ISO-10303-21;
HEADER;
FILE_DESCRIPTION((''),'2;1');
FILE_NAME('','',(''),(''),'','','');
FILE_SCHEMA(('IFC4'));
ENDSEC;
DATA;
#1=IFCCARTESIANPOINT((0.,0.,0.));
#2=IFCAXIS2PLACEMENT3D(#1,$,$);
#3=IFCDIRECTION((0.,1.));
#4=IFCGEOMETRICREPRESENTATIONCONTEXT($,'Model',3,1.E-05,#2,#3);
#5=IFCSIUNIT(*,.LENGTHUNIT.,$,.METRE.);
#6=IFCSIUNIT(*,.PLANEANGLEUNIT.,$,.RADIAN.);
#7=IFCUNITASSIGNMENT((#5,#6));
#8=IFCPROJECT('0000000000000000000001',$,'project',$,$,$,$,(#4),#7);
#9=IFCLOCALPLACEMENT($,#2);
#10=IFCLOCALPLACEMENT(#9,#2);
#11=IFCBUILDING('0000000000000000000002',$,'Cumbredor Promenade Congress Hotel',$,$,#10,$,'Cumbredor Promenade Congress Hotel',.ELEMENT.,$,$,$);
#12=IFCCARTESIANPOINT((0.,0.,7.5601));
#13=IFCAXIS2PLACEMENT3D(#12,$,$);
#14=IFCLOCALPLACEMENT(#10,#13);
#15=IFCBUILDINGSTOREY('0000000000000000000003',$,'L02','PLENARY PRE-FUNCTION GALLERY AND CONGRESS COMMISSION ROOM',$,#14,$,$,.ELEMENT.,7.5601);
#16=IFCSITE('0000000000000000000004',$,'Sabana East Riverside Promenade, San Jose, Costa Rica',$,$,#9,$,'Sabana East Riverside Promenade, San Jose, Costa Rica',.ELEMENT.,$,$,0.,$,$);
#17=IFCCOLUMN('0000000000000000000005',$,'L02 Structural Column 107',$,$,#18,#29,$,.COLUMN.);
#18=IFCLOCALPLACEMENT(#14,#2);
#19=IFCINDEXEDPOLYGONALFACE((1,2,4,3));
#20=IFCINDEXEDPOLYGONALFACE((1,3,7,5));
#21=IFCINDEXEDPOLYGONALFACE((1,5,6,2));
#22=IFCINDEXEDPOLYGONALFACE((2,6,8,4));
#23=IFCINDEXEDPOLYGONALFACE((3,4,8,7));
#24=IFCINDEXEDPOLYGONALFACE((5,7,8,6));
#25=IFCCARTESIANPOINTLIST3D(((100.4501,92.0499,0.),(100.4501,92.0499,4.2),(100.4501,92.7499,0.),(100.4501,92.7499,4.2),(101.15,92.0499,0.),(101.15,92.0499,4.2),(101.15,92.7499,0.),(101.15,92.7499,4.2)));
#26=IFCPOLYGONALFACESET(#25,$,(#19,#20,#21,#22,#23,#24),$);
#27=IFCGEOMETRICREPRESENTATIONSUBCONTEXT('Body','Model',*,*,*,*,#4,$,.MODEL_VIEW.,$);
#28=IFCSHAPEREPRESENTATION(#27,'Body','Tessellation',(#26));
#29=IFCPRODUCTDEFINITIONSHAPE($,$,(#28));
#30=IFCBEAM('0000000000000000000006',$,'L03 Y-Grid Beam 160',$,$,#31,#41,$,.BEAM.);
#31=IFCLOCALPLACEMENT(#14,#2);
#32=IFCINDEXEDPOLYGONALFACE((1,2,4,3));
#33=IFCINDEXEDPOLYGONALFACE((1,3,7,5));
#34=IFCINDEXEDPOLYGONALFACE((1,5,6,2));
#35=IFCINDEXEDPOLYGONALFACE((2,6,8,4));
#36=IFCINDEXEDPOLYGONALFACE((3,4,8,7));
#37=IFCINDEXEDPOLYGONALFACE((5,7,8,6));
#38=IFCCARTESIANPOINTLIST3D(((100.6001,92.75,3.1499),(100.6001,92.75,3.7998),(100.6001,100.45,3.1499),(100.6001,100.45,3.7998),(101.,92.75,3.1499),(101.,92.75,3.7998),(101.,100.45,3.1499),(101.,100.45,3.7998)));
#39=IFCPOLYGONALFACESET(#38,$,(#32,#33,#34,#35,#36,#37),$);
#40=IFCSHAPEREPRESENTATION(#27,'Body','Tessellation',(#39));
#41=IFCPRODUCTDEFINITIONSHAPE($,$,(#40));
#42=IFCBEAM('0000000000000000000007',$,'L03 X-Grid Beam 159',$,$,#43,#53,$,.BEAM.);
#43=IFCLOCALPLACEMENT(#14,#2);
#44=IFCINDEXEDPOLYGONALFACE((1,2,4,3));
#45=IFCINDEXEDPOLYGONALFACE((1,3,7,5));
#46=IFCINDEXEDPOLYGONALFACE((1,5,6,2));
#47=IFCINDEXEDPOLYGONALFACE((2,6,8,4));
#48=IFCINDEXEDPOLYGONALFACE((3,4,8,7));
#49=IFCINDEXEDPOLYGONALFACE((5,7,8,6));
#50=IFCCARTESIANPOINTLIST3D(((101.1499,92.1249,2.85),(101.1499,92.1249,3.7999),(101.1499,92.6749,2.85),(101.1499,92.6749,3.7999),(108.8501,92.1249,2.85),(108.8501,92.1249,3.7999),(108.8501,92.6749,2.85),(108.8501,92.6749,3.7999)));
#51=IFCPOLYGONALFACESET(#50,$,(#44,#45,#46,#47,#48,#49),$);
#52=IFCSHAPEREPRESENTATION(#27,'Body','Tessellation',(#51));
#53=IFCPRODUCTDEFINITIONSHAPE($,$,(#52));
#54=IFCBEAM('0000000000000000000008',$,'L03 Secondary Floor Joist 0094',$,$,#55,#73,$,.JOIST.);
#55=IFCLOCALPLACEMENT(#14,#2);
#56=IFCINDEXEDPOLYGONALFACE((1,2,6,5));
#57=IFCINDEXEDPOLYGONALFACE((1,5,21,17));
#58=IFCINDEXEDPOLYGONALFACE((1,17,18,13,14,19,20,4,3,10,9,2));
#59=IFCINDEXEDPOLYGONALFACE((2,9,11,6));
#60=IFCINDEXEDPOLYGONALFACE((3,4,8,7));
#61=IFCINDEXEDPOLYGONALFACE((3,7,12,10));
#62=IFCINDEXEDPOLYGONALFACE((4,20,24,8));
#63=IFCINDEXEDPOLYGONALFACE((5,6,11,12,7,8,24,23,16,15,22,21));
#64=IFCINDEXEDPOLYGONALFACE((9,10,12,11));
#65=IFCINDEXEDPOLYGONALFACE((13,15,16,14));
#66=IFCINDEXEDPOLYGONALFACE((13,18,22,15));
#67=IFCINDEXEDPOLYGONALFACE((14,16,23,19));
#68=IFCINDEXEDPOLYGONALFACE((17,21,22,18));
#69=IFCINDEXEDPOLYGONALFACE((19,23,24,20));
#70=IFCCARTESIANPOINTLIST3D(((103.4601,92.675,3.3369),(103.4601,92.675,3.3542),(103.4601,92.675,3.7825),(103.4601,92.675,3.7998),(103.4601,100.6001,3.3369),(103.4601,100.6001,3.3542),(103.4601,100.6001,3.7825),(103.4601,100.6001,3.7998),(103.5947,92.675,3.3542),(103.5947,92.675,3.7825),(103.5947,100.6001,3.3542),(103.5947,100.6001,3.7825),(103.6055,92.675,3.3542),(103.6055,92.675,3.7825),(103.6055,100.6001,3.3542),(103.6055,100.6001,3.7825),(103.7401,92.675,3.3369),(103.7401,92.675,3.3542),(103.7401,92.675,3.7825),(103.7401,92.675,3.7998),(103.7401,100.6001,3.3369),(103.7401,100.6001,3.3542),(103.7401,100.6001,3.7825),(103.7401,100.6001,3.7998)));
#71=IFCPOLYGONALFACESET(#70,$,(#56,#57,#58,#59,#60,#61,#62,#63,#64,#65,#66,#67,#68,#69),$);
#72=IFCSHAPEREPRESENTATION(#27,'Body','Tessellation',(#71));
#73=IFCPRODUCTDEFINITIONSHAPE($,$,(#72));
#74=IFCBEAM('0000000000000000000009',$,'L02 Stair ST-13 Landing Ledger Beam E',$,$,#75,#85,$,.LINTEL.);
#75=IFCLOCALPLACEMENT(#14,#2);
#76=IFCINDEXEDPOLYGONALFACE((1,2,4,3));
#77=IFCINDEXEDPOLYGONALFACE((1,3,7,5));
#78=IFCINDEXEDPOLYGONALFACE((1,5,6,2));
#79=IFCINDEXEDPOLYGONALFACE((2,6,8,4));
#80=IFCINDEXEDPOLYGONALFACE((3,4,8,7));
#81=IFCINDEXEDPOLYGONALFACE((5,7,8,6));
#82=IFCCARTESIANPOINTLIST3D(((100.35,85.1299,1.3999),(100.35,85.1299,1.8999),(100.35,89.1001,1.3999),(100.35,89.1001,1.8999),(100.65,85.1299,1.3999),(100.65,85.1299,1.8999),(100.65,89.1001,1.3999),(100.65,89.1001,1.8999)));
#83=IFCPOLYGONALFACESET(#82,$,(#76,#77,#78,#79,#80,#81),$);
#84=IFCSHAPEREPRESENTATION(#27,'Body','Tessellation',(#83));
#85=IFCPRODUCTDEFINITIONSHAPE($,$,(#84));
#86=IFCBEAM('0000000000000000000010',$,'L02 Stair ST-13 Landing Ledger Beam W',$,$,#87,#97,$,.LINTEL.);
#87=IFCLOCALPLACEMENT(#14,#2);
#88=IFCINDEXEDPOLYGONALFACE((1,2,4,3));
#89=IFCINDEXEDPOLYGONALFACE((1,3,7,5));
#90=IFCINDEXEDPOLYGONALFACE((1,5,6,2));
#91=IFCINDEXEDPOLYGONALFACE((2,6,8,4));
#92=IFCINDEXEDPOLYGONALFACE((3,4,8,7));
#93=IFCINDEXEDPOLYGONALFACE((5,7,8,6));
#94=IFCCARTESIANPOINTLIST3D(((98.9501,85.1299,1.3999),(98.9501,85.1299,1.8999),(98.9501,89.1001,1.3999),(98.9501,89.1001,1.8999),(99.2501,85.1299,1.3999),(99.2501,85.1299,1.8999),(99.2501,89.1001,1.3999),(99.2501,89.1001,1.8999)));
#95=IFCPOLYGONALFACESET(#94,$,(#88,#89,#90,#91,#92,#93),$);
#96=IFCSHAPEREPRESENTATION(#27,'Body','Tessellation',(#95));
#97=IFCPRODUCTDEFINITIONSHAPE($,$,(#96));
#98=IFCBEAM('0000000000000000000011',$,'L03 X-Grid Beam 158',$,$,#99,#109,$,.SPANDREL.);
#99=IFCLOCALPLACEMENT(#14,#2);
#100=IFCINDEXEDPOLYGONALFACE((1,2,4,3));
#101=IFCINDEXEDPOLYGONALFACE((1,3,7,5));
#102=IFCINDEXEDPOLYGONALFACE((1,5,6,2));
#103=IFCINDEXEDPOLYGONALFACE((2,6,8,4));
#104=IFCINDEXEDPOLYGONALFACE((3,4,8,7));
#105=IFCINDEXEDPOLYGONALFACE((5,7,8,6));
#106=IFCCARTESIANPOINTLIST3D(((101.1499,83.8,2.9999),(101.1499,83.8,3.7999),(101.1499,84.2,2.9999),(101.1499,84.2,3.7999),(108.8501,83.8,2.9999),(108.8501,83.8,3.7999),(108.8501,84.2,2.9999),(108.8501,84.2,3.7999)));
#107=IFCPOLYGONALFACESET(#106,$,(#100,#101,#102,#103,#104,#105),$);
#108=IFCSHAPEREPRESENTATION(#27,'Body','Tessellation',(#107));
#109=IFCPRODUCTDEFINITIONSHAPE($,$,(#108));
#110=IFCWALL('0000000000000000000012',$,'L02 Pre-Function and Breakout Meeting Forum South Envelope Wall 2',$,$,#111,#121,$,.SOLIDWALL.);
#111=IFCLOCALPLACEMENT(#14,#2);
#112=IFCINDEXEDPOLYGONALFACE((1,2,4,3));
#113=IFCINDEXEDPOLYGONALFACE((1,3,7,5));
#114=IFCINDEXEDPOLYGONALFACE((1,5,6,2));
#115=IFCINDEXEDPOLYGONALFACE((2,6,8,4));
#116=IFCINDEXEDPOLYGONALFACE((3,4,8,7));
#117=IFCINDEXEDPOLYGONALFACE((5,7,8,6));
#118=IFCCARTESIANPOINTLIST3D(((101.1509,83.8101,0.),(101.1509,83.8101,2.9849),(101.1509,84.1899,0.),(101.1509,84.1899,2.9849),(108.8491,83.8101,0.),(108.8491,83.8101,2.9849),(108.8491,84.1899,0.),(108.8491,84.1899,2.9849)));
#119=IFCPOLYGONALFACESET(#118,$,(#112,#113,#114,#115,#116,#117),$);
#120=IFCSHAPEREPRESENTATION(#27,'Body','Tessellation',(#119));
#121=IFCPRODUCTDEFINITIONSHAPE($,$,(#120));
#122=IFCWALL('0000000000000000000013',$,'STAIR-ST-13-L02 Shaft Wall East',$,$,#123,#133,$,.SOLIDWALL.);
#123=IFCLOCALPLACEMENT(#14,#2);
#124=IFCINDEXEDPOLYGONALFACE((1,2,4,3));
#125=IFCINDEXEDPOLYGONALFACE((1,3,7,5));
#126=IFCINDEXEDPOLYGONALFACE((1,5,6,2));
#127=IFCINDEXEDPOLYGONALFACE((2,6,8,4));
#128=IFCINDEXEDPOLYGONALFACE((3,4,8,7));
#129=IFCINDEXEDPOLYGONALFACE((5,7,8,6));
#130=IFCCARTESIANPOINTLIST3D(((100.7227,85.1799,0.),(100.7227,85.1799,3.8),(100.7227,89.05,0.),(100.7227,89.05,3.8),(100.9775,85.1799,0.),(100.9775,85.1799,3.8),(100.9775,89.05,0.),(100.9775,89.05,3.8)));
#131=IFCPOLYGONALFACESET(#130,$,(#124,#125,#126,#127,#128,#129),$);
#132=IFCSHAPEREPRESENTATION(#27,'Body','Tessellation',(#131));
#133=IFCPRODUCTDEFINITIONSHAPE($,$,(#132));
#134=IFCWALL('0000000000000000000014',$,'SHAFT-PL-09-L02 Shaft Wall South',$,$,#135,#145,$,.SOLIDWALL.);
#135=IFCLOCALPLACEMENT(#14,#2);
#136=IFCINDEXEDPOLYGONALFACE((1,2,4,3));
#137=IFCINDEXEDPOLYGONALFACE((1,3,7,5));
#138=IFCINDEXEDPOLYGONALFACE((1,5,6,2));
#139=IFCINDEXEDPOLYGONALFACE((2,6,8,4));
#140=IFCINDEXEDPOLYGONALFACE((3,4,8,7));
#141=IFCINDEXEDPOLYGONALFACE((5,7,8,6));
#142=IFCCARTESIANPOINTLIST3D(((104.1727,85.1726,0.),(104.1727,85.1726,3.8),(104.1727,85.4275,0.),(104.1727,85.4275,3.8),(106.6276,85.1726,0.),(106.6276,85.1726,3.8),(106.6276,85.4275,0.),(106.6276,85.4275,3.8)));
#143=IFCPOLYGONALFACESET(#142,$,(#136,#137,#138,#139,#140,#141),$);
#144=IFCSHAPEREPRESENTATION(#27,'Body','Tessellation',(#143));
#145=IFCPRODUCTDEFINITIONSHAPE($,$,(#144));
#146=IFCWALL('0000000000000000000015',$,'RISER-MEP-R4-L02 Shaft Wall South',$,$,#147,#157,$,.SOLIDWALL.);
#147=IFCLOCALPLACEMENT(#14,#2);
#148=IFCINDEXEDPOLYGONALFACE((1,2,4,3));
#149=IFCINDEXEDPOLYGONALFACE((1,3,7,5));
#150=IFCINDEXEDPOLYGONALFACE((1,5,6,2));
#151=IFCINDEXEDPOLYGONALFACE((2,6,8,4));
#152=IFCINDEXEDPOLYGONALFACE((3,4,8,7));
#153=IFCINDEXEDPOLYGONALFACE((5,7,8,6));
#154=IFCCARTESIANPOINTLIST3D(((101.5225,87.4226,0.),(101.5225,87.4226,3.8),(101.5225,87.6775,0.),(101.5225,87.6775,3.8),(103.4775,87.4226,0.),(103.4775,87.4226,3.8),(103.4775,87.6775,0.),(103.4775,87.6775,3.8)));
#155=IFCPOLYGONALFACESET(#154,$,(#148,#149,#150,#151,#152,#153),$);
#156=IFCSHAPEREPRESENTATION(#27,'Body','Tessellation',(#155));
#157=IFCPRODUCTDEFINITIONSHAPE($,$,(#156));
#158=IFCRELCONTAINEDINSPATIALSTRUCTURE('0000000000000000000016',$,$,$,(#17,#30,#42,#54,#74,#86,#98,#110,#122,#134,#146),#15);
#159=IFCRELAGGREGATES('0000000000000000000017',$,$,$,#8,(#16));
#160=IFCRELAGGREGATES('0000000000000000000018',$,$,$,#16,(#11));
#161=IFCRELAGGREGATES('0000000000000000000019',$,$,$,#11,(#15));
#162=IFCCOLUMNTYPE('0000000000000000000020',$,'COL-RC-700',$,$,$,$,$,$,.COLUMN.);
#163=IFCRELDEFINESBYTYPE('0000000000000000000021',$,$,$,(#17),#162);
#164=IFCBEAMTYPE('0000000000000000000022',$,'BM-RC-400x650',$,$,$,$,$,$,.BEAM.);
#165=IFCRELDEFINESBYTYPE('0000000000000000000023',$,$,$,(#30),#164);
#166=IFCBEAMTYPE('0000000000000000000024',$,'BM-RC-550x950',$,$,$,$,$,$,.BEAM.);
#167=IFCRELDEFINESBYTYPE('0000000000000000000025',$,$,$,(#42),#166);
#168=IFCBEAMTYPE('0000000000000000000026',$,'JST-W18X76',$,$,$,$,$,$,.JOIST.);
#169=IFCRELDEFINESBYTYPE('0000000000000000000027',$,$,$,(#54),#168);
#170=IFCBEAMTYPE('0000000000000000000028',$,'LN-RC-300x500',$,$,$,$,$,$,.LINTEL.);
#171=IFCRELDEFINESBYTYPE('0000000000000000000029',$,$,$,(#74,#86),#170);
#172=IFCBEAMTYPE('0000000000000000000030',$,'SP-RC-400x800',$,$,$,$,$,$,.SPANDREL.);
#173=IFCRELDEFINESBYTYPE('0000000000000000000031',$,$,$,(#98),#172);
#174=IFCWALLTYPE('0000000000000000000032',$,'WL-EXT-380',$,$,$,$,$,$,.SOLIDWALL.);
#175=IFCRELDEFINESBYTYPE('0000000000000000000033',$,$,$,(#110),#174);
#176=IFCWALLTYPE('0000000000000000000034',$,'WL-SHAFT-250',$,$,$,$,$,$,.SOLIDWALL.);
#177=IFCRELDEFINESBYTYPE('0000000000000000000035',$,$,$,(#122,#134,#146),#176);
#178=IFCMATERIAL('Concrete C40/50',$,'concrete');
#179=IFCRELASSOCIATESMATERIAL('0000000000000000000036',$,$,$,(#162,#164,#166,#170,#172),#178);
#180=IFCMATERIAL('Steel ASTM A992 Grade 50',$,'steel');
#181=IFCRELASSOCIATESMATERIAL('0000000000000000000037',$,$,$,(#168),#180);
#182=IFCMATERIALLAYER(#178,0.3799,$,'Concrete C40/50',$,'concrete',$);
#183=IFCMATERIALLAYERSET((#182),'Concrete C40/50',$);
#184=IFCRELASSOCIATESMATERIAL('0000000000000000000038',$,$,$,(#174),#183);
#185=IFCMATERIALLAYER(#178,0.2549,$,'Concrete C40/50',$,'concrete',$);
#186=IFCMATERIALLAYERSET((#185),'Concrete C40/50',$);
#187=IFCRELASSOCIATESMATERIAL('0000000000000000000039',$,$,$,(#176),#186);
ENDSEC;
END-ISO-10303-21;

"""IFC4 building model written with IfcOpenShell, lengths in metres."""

from ifc_helpers import new_model, si_unit, direction, frame, frame_2d, origin, origin_2d, place, context, subcontext, project, spatial, rectangle, i_section, extrude, material, layer, layer_set, material_profile, profile_set, type_object, element, save


model = new_model("IFC4")

# Units and contexts
model_context = context("Model", 3, precision=1e-05, world=origin(), true_north=direction((0.0, 1.0)))
body_context = subcontext(model_context, "Body", "Model", "MODEL_VIEW")
ifc_project = project(units=[si_unit("LENGTHUNIT", "METRE"), si_unit("PLANEANGLEUNIT", "RADIAN")], contexts=[model_context])

# Site, building, storey
site_placement = place(None, origin())
site = spatial("IfcSite", under=ifc_project, at=site_placement, Name="Sabana East Riverside Promenade, San Jose, Costa Rica", LongName="Sabana East Riverside Promenade, San Jose, Costa Rica", CompositionType="ELEMENT", RefElevation=0.0)
building_placement = place(site_placement, origin())
building = spatial("IfcBuilding", under=site, at=building_placement, Name="Cumbredor Promenade Congress Hotel", LongName="Cumbredor Promenade Congress Hotel", CompositionType="ELEMENT")
storey_placement = place(building_placement, frame((0.0, 0.0, 7.5601)))
storey = spatial("IfcBuildingStorey", under=building, at=storey_placement, Name="L02", Description="PLENARY PRE-FUNCTION GALLERY AND CONGRESS COMMISSION ROOM", CompositionType="ELEMENT", Elevation=7.5601)

# Column
ifc_material_1 = material(Name="Concrete C40/50", Category="concrete")
ifc_material_profile_1 = material_profile(ifc_material_1, rectangle(XDim=0.7, YDim=0.7, at=origin_2d()), Name="RC 700x700")
ifc_profile_set_1 = profile_set([ifc_material_profile_1], Name="Concrete C40/50")
column_type = type_object("IfcColumnType", Name="COL-RC-700", PredefinedType="COLUMN", material=ifc_profile_set_1)
column_placement = place(storey_placement, frame((100.8, 92.3999, 0.0), z_axis=(0.0, 0.0, 1.0), x_axis=(1.0, 0.0, 0.0)))
element("IfcColumn", 1, at=column_placement, inside=storey, type_object=column_type, Name="L02 Structural Column 107", PredefinedType="COLUMN", context=body_context, shape_type="SweptSolid", body=[
    extrude(rectangle(XDim=0.7, YDim=0.7, at=origin_2d()), origin(), (0.0, 0.0, 1.0), 4.2),
])

# Beams
ifc_material_profile_2 = material_profile(ifc_material_1, rectangle(XDim=0.3999, YDim=0.6499, at=origin_2d()), Name="RC BEAM 400x650")
ifc_profile_set_2 = profile_set([ifc_material_profile_2], Name="Concrete C40/50")
beam_type_1 = type_object("IfcBeamType", Name="BM-RC-400x650", PredefinedType="BEAM", material=ifc_profile_set_2)
beam_1_placement = place(storey_placement, frame((100.8, 92.75, 3.4749), z_axis=(0.0, 1.0, 0.0), x_axis=(-1.0, 0.0, 0.0)))
element("IfcBeam", 2, at=beam_1_placement, inside=storey, type_object=beam_type_1, Name="L03 Y-Grid Beam 160", PredefinedType="BEAM", context=body_context, shape_type="SweptSolid", body=[
    extrude(rectangle(XDim=0.3999, YDim=0.6499, at=origin_2d()), origin(), (0.0, 0.0, 1.0), 7.7),
])
ifc_material_profile_3 = material_profile(ifc_material_1, rectangle(XDim=0.55, YDim=0.95, at=origin_2d()), Name="RC BEAM 550x950")
ifc_profile_set_3 = profile_set([ifc_material_profile_3], Name="Concrete C40/50")
beam_type_2 = type_object("IfcBeamType", Name="BM-RC-550x950", PredefinedType="BEAM", material=ifc_profile_set_3)
beam_2_placement = place(storey_placement, frame((101.1499, 92.3999, 3.325), z_axis=(1.0, 0.0, 0.0), x_axis=(0.0, 1.0, 0.0)))
element("IfcBeam", 3, at=beam_2_placement, inside=storey, type_object=beam_type_2, Name="L03 X-Grid Beam 159", PredefinedType="BEAM", context=body_context, shape_type="SweptSolid", body=[
    extrude(rectangle(XDim=0.55, YDim=0.95, at=origin_2d()), origin(), (0.0, 0.0, 1.0), 7.7002),
])
ifc_material_2 = material(Name="Steel ASTM A992 Grade 50", Category="steel")
ifc_material_profile_4 = material_profile(ifc_material_2, i_section(OverallWidth=0.28, OverallDepth=0.4629, WebThickness=0.0107, FlangeThickness=0.0173, at=origin_2d()), Name="W18X76")
ifc_profile_set_4 = profile_set([ifc_material_profile_4], Name="Steel ASTM A992 Grade 50")
beam_type_3 = type_object("IfcBeamType", Name="JST-W18X76", PredefinedType="JOIST", material=ifc_profile_set_4)
beam_3_placement = place(storey_placement, frame((103.6001, 92.675, 3.5684), z_axis=(0.0, 1.0, 0.0), x_axis=(-1.0, 0.0, 0.0)))
element("IfcBeam", 4, at=beam_3_placement, inside=storey, type_object=beam_type_3, Name="L03 Secondary Floor Joist 0094", PredefinedType="JOIST", context=body_context, shape_type="SweptSolid", body=[
    extrude(i_section(OverallWidth=0.28, OverallDepth=0.4629, WebThickness=0.0107, FlangeThickness=0.0173, at=origin_2d()), origin(), (0.0, 0.0, 1.0), 7.925),
])
ifc_material_profile_5 = material_profile(ifc_material_1, rectangle(XDim=0.3, YDim=0.5, at=origin_2d()), Name="RC LINTEL 300x500")
ifc_profile_set_5 = profile_set([ifc_material_profile_5], Name="Concrete C40/50")
beam_type_4 = type_object("IfcBeamType", Name="LN-RC-300x500", PredefinedType="LINTEL", material=ifc_profile_set_5)
for number, where, z_axis, x_axis, name in (
    (5, (100.5, 85.1299, 1.6499), (0.0, 1.0, 0.0), (-1.0, 0.0, 0.0), "L02 Stair ST-13 Landing Ledger Beam E"),
    (6, (99.1001, 85.1299, 1.6499), (0.0, 1.0, 0.0), (-1.0, 0.0, 0.0), "L02 Stair ST-13 Landing Ledger Beam W"),
):
    element("IfcBeam", number, at=place(storey_placement, frame(where, z_axis=z_axis, x_axis=x_axis)), inside=storey, type_object=beam_type_4, Name=name, PredefinedType="LINTEL", context=body_context, shape_type="SweptSolid", body=[
        extrude(rectangle(XDim=0.3, YDim=0.5, at=origin_2d()), origin(), (0.0, 0.0, 1.0), 3.9702),
    ])
ifc_material_profile_6 = material_profile(ifc_material_1, rectangle(XDim=0.3999, YDim=0.8, at=origin_2d()), Name="RC SPANDREL 400x800")
ifc_profile_set_6 = profile_set([ifc_material_profile_6], Name="Concrete C40/50")
beam_type_5 = type_object("IfcBeamType", Name="SP-RC-400x800", PredefinedType="SPANDREL", material=ifc_profile_set_6)
beam_4_placement = place(storey_placement, frame((101.1499, 84.0, 3.3999), z_axis=(1.0, 0.0, 0.0), x_axis=(0.0, 1.0, 0.0)))
element("IfcBeam", 7, at=beam_4_placement, inside=storey, type_object=beam_type_5, Name="L03 X-Grid Beam 158", PredefinedType="SPANDREL", context=body_context, shape_type="SweptSolid", body=[
    extrude(rectangle(XDim=0.3999, YDim=0.8, at=origin_2d()), origin(), (0.0, 0.0, 1.0), 7.7002),
])

# Walls
ifc_layer_1 = layer(ifc_material_1, 0.3799, Name="Concrete C40/50", Category="concrete")
ifc_layer_set_1 = layer_set([ifc_layer_1], Name="Concrete C40/50")
wall_type_1 = type_object("IfcWallType", Name="WL-EXT-380", PredefinedType="SOLIDWALL", material=ifc_layer_set_1)
wall_1_placement = place(storey_placement, frame((101.1509, 84.0, 0.0), z_axis=(0.0, 0.0, 1.0), x_axis=(1.0, 0.0, 0.0)))
element("IfcWall", 8, at=wall_1_placement, inside=storey, type_object=wall_type_1, Name="L02 Pre-Function and Breakout Meeting Forum South Envelope Wall 2", PredefinedType="SOLIDWALL", context=body_context, shape_type="SweptSolid", body=[
    extrude(rectangle(XDim=7.6982, YDim=0.3799, at=frame_2d((3.8491, 0.0))), origin(), (0.0, 0.0, 1.0), 2.9849),
])
ifc_layer_2 = layer(ifc_material_1, 0.2549, Name="Concrete C40/50", Category="concrete")
ifc_layer_set_2 = layer_set([ifc_layer_2], Name="Concrete C40/50")
wall_type_2 = type_object("IfcWallType", Name="WL-SHAFT-250", PredefinedType="SOLIDWALL", material=ifc_layer_set_2)
wall_2_placement = place(storey_placement, frame((100.8501, 85.1799, 0.0), z_axis=(0.0, 0.0, 1.0), x_axis=(0.0, 1.0, 0.0)))
element("IfcWall", 9, at=wall_2_placement, inside=storey, type_object=wall_type_2, Name="STAIR-ST-13-L02 Shaft Wall East", PredefinedType="SOLIDWALL", context=body_context, shape_type="SweptSolid", body=[
    extrude(rectangle(XDim=3.8701, YDim=0.2549, at=frame_2d((1.9351, 0.0))), origin(), (0.0, 0.0, 1.0), 3.8),
])
wall_3_placement = place(storey_placement, frame((104.1726, 85.3, 0.0), z_axis=(0.0, 0.0, 1.0), x_axis=(1.0, 0.0, 0.0)))
element("IfcWall", 10, at=wall_3_placement, inside=storey, type_object=wall_type_2, Name="SHAFT-PL-09-L02 Shaft Wall South", PredefinedType="SOLIDWALL", context=body_context, shape_type="SweptSolid", body=[
    extrude(rectangle(XDim=2.4548, YDim=0.2549, at=frame_2d((1.2275, 0.0))), origin(), (0.0, 0.0, 1.0), 3.8),
])

# Wall
wall_4_placement = place(storey_placement, frame((101.5225, 87.55, 0.0), z_axis=(0.0, 0.0, 1.0), x_axis=(1.0, 0.0, 0.0)))
element("IfcWall", 11, at=wall_4_placement, inside=storey, type_object=wall_type_2, Name="RISER-MEP-R4-L02 Shaft Wall South", PredefinedType="SOLIDWALL", context=body_context, shape_type="SweptSolid", body=[
    extrude(rectangle(XDim=1.9551, YDim=0.2549, at=frame_2d((0.9775, 0.0))), origin(), (0.0, 0.0, 1.0), 3.8),
])

save(model, "model.ifc")
